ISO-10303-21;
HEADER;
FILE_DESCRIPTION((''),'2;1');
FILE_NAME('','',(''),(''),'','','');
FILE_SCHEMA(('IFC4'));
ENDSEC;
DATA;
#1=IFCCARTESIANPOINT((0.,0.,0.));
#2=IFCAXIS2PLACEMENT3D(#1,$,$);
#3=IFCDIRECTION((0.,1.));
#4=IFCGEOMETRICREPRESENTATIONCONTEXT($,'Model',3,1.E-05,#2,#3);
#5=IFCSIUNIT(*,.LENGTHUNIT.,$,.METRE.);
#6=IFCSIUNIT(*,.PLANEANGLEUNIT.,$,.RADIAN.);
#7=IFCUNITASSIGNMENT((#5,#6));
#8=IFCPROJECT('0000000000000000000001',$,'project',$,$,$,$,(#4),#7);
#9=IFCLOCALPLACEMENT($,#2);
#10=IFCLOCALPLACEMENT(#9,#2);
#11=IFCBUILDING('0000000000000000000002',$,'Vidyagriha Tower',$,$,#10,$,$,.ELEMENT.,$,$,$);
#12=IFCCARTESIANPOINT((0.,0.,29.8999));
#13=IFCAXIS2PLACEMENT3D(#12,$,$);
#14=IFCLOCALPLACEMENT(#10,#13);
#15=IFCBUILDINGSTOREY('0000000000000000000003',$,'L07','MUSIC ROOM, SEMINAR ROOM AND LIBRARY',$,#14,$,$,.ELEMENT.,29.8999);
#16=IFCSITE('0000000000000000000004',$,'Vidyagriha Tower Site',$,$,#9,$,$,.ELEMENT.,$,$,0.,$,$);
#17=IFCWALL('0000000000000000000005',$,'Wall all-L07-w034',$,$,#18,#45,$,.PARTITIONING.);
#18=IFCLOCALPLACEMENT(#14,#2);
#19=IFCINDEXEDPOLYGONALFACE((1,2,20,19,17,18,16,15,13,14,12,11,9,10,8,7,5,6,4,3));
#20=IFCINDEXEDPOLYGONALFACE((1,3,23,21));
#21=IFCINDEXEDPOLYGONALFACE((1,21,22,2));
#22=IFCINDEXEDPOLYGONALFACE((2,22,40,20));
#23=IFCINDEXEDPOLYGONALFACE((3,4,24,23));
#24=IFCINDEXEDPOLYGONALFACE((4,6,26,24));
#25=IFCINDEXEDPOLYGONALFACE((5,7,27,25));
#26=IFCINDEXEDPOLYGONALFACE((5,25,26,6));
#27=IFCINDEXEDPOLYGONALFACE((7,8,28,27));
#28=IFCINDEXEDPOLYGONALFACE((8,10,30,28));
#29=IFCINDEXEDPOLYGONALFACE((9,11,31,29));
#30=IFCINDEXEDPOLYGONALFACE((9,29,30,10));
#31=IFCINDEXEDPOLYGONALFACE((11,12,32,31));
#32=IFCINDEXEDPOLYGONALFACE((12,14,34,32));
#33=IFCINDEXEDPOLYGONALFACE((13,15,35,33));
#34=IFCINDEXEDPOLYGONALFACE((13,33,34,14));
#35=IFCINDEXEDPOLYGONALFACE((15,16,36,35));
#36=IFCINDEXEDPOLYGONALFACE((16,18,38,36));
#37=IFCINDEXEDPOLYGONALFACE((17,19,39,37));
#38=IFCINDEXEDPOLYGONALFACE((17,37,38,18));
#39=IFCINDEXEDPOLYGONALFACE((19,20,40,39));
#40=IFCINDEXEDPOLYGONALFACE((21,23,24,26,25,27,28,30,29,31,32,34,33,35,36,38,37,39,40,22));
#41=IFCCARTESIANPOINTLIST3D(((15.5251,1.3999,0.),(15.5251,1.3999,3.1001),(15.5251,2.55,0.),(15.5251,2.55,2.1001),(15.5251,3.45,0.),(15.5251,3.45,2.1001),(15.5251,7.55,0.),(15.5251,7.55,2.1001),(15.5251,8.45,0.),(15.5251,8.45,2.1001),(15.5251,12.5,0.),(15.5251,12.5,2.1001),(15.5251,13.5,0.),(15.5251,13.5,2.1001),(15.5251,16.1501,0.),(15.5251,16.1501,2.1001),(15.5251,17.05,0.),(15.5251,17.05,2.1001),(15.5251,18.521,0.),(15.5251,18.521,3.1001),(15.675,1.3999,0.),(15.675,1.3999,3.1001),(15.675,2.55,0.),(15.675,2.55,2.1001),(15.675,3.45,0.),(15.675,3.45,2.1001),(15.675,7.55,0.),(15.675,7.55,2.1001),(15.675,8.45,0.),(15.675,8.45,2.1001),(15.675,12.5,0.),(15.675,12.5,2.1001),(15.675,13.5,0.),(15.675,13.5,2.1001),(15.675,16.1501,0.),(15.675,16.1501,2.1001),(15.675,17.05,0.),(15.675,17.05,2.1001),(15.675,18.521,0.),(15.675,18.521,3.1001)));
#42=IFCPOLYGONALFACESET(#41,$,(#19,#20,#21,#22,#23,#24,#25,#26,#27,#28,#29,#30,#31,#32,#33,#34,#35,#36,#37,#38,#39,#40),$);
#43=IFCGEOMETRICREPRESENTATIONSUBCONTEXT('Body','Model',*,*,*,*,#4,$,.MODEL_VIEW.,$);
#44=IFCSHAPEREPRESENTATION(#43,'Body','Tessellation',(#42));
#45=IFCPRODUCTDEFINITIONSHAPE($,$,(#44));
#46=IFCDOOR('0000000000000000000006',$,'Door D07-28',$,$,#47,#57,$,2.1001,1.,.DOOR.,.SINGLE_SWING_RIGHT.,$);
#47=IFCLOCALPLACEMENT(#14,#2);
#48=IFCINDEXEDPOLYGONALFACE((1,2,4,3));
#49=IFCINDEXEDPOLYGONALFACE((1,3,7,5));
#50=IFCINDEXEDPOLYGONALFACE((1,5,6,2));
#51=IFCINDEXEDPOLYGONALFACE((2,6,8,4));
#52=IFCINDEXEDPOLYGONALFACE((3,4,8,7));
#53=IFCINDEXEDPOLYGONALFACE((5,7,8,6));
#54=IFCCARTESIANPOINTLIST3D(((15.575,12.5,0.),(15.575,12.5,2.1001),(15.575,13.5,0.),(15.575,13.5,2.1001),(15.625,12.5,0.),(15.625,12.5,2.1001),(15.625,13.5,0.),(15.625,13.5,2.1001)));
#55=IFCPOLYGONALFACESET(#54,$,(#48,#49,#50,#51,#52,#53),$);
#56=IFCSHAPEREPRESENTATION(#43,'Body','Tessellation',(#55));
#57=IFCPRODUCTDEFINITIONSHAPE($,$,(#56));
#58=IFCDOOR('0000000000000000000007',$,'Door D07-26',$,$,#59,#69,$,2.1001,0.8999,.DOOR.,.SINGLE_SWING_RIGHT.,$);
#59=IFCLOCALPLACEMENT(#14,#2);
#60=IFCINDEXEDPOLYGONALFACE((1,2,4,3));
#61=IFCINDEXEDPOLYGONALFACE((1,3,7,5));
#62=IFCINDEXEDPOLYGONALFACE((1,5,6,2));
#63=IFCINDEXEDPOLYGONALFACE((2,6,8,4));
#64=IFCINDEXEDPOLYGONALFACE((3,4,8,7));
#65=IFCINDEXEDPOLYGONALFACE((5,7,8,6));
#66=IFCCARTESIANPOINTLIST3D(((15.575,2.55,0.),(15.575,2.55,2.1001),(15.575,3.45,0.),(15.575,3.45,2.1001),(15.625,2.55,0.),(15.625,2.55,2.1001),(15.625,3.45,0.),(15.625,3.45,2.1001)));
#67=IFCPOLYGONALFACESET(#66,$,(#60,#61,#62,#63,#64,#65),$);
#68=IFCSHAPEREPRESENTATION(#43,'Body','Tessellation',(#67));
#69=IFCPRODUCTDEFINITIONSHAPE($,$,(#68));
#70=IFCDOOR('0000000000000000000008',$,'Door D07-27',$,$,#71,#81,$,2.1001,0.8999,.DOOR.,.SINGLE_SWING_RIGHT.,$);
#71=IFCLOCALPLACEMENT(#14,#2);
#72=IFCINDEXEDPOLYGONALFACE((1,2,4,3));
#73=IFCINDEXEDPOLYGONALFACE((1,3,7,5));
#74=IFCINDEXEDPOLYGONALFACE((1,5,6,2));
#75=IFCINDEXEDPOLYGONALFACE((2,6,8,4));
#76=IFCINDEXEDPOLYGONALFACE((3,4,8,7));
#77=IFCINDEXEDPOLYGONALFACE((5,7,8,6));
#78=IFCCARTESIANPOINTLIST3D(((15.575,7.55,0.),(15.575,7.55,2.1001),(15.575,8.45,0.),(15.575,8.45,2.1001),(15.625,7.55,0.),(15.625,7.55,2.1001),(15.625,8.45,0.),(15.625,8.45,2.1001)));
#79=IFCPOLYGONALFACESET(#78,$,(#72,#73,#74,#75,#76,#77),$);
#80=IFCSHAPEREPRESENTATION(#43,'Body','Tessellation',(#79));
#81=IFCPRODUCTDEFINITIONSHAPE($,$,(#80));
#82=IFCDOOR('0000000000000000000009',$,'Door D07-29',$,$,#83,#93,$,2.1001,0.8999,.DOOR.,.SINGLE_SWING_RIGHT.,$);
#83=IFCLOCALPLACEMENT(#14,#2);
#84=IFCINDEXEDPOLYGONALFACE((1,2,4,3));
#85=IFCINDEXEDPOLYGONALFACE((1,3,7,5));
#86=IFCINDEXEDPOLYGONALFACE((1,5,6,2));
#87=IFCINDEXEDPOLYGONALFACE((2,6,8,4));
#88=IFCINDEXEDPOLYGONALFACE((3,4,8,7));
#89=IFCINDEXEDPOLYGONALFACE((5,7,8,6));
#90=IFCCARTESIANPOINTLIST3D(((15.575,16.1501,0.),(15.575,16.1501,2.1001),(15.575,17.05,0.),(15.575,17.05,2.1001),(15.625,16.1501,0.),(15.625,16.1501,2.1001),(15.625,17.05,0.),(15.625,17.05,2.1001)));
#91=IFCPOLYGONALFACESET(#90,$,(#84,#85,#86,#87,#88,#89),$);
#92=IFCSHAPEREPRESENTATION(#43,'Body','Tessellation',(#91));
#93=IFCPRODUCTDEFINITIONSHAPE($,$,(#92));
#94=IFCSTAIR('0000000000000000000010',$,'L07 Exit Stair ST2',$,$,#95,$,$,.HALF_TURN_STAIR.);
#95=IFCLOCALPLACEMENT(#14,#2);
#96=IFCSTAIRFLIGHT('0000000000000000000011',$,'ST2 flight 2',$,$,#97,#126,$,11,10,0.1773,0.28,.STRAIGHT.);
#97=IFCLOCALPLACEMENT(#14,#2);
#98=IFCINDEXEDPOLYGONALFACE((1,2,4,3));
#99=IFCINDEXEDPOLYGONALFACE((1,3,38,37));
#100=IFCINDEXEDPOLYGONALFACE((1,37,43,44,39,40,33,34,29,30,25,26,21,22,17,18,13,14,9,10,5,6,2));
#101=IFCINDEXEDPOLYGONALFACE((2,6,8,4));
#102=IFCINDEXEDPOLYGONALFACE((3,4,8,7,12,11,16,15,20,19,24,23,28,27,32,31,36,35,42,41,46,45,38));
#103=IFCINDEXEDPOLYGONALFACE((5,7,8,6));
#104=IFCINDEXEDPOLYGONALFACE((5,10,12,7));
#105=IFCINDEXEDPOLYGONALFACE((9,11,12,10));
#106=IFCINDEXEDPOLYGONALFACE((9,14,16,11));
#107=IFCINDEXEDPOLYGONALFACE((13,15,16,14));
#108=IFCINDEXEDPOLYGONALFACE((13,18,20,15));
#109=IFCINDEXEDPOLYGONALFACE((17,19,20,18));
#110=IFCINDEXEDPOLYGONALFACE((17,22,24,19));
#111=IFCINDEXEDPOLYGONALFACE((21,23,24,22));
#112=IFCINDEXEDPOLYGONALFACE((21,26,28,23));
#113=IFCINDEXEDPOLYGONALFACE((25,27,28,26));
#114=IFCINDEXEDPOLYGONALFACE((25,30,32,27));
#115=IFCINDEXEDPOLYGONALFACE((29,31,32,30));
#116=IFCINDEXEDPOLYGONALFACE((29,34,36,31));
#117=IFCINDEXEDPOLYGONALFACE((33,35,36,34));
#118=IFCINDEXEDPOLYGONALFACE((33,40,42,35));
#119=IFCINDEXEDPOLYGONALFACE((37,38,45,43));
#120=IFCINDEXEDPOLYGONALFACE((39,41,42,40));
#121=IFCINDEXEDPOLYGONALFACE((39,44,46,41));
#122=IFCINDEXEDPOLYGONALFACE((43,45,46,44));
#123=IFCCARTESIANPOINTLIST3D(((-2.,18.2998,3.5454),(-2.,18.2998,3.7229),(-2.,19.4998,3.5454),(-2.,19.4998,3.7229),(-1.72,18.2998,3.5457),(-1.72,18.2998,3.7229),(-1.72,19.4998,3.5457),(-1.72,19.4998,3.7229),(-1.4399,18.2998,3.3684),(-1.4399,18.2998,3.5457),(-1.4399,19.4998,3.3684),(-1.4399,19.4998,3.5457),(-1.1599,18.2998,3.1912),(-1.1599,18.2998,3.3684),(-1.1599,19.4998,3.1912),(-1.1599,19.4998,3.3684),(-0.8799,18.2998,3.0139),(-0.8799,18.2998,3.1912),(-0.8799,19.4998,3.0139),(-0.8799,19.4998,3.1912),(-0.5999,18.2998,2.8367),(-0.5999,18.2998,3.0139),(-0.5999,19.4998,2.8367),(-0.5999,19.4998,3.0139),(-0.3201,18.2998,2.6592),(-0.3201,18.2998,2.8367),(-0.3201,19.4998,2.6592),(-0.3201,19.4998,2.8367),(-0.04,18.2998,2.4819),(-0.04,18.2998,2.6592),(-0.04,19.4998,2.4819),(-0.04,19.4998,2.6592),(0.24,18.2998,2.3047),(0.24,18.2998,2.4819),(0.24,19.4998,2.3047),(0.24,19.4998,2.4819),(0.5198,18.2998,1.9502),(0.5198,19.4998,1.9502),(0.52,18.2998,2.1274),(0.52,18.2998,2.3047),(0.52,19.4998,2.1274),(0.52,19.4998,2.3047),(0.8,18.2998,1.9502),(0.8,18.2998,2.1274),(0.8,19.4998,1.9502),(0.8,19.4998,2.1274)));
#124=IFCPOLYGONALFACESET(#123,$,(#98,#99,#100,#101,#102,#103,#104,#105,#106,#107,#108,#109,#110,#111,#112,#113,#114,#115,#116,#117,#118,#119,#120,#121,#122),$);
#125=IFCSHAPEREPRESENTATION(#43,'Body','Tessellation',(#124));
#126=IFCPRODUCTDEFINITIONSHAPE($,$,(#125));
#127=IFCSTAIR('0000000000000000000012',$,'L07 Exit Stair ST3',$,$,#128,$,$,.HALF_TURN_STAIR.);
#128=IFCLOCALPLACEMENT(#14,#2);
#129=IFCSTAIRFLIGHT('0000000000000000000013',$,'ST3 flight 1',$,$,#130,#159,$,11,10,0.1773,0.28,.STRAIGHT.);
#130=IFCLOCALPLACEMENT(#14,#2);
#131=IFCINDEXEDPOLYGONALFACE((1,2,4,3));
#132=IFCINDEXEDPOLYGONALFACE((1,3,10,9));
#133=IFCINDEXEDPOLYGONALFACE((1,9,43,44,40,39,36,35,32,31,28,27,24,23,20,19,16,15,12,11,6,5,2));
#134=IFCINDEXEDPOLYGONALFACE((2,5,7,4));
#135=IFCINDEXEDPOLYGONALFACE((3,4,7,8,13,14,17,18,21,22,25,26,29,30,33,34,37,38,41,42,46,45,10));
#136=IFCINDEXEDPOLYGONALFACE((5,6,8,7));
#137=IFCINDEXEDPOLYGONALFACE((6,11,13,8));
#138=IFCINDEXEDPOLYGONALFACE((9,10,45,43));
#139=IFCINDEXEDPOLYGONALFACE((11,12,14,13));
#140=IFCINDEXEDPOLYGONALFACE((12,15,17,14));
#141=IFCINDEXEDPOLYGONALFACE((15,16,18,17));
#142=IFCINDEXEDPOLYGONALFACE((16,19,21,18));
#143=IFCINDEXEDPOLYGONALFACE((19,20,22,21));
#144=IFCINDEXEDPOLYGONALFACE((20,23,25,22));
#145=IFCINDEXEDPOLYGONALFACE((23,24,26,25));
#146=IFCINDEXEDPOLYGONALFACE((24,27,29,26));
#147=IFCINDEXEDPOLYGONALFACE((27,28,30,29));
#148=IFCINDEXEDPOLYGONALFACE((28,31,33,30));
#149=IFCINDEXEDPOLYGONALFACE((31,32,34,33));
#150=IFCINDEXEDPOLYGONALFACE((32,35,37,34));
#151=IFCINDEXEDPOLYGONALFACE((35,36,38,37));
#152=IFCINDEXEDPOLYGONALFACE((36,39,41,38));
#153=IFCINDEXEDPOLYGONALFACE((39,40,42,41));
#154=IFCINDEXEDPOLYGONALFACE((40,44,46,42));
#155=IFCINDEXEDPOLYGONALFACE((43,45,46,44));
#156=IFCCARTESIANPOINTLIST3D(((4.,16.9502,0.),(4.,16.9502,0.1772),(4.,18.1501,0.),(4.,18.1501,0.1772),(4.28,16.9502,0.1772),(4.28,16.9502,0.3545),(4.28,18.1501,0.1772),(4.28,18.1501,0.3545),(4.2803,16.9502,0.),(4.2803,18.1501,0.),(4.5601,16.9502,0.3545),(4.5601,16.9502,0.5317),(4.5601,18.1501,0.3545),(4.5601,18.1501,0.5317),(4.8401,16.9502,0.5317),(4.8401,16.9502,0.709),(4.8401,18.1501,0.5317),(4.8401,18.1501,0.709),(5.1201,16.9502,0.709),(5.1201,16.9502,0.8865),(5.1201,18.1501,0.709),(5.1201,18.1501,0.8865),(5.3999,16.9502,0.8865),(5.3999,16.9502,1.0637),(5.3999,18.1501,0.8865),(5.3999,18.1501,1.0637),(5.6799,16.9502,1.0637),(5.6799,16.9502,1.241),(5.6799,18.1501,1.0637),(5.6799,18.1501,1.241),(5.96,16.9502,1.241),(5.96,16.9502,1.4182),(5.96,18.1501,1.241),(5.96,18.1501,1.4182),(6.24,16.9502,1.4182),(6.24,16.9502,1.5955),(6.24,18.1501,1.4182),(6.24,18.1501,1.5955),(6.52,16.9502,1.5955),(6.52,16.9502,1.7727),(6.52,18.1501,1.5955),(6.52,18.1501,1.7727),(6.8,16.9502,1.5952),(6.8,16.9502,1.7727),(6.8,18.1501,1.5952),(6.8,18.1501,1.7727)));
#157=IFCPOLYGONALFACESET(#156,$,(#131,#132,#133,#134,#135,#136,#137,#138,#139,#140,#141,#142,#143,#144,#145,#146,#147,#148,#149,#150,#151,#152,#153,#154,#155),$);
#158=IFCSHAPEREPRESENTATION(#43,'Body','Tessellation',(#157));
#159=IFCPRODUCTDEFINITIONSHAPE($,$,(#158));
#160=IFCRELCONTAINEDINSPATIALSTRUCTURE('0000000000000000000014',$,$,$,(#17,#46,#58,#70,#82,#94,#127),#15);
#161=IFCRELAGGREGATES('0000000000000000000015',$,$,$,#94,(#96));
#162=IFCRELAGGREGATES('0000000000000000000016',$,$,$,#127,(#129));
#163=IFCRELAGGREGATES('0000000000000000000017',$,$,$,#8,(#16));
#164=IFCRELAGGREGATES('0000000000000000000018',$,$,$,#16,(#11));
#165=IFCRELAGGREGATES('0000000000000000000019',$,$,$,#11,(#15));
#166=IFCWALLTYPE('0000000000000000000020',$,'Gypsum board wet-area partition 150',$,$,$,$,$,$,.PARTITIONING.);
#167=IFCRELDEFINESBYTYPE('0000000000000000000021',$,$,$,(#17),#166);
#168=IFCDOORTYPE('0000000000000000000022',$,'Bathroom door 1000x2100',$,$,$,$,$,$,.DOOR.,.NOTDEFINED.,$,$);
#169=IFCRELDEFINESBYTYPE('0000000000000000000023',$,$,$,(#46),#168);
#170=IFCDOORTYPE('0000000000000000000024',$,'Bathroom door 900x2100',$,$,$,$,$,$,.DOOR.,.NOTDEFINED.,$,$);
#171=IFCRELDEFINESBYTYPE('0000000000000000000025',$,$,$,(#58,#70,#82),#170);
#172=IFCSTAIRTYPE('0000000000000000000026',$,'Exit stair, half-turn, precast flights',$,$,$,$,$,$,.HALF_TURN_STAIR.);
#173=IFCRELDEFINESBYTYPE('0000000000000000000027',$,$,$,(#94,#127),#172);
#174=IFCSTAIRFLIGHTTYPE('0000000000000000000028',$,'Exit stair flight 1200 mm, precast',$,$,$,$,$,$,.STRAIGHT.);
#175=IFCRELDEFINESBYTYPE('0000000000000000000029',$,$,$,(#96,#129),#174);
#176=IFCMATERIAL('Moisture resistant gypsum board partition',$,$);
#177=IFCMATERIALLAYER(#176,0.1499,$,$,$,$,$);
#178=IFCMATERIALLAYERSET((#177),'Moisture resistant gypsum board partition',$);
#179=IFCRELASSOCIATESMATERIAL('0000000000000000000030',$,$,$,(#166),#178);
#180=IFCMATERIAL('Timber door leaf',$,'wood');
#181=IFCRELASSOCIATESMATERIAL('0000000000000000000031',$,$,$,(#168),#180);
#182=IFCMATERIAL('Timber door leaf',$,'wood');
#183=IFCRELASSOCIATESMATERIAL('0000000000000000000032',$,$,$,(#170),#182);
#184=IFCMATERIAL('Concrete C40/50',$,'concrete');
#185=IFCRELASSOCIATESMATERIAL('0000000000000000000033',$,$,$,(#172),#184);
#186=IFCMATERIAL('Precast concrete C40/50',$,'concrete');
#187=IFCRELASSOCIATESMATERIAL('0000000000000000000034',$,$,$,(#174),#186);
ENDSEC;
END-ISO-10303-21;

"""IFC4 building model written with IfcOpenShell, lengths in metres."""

from ifc_helpers import new_model, si_unit, direction, frame, frame_2d, origin, place, context, subcontext, project, spatial, polyline, rectangle, outline, extrude, material, layer, layer_set, type_object, element, fill, aggregate, save


model = new_model("IFC4")

# Units and contexts
model_context = context("Model", 3, precision=1e-05, world=origin(), true_north=direction((0.0, 1.0)))
body_context = subcontext(model_context, "Body", "Model", "MODEL_VIEW")
ifc_project = project(units=[si_unit("LENGTHUNIT", "METRE"), si_unit("PLANEANGLEUNIT", "RADIAN")], contexts=[model_context])

# Site, building, storey
site_placement = place(None, origin())
site = spatial("IfcSite", under=ifc_project, at=site_placement, Name="Vidyagriha Tower Site", CompositionType="ELEMENT", RefElevation=0.0)
building_placement = place(site_placement, origin())
building = spatial("IfcBuilding", under=site, at=building_placement, Name="Vidyagriha Tower", CompositionType="ELEMENT")
storey_placement = place(building_placement, frame((0.0, 0.0, 29.8999)))
storey = spatial("IfcBuildingStorey", under=building, at=storey_placement, Name="L07", Description="MUSIC ROOM, SEMINAR ROOM AND LIBRARY", CompositionType="ELEMENT", Elevation=29.8999)

# Wall, openings, doors
ifc_material_1 = material(Name="Moisture resistant gypsum board partition")
ifc_layer_1 = layer(ifc_material_1, 0.1499)
ifc_layer_set_1 = layer_set([ifc_layer_1], Name="Moisture resistant gypsum board partition")
wall_type_1 = type_object("IfcWallType", Name="Gypsum board wet-area partition 150", PredefinedType="PARTITIONING", material=ifc_layer_set_1)
wall_1_placement = place(storey_placement, frame((15.6001, 18.521, 0.0), z_axis=(0.0, 0.0, 1.0), x_axis=(0.0, -1.0, 0.0)))
wall_1 = element("IfcWall", 1, at=wall_1_placement, inside=storey, type_object=wall_type_1, Name="Wall all-L07-w034", PredefinedType="PARTITIONING", context=body_context, shape_type="SweptSolid", body=[
    extrude(rectangle(XDim=17.1211, YDim=0.1499, at=frame_2d((8.5605, 0.0))), origin(), (0.0, 0.0, 1.0), 3.1001),
])
opening_1_placement = place(wall_1_placement, frame((15.071, 0.0, 0.0)))
opening_1 = element("IfcOpeningElement", 2, at=opening_1_placement, cuts=wall_1, PredefinedType="OPENING", context=body_context, shape_type="SweptSolid", body=[
    extrude(rectangle(XDim=0.8999, YDim=2.1001, at=frame_2d((0.45, 1.05))), frame((0.0, 0.085, 0.0), z_axis=(0.0, -1.0, 0.0), x_axis=(1.0, 0.0, 0.0)), (0.0, 0.0, 1.0), 0.1699),
])
opening_2_placement = place(wall_1_placement, frame((10.071, 0.0, 0.0)))
opening_2 = element("IfcOpeningElement", 3, at=opening_2_placement, cuts=wall_1, PredefinedType="OPENING", context=body_context, shape_type="SweptSolid", body=[
    extrude(rectangle(XDim=0.8999, YDim=2.1001, at=frame_2d((0.45, 1.05))), frame((0.0, 0.085, 0.0), z_axis=(0.0, -1.0, 0.0), x_axis=(1.0, 0.0, 0.0)), (0.0, 0.0, 1.0), 0.1699),
])
opening_3_placement = place(wall_1_placement, frame((5.021, 0.0, 0.0)))
opening_3 = element("IfcOpeningElement", 4, at=opening_3_placement, cuts=wall_1, PredefinedType="OPENING", context=body_context, shape_type="SweptSolid", body=[
    extrude(rectangle(XDim=1.0, YDim=2.1001, at=frame_2d((0.5, 1.05))), frame((0.0, 0.085, 0.0), z_axis=(0.0, -1.0, 0.0), x_axis=(1.0, 0.0, 0.0)), (0.0, 0.0, 1.0), 0.1699),
])
opening_4_placement = place(wall_1_placement, frame((1.4709, 0.0, 0.0)))
opening_4 = element("IfcOpeningElement", 5, at=opening_4_placement, cuts=wall_1, PredefinedType="OPENING", context=body_context, shape_type="SweptSolid", body=[
    extrude(rectangle(XDim=0.8999, YDim=2.1001, at=frame_2d((0.45, 1.05))), frame((0.0, 0.085, 0.0), z_axis=(0.0, -1.0, 0.0), x_axis=(1.0, 0.0, 0.0)), (0.0, 0.0, 1.0), 0.1699),
])
ifc_material_2 = material(Name="Timber door leaf", Category="wood")
door_type_1 = type_object("IfcDoorType", Name="Bathroom door 1000x2100", OperationType="NOTDEFINED", PredefinedType="DOOR", material=ifc_material_2)
door_1_placement = place(opening_3_placement, origin())
door_1 = element("IfcDoor", 6, at=door_1_placement, inside=storey, type_object=door_type_1, Name="Door D07-28", OperationType="SINGLE_SWING_RIGHT", OverallHeight=2.1001, OverallWidth=1.0, PredefinedType="DOOR", context=body_context, shape_type="SweptSolid", body=[
    extrude(rectangle(XDim=1.0, YDim=2.1001, at=frame_2d((0.5, 1.05))), frame((0.0, 0.0249, 0.0), z_axis=(0.0, -1.0, 0.0), x_axis=(1.0, 0.0, 0.0)), (0.0, 0.0, 1.0), 0.05),
])
fill(opening_3, door_1)
ifc_material_3 = material(Name="Timber door leaf", Category="wood")
door_type_2 = type_object("IfcDoorType", Name="Bathroom door 900x2100", OperationType="NOTDEFINED", PredefinedType="DOOR", material=ifc_material_3)
door_2_placement = place(opening_1_placement, origin())
door_2 = element("IfcDoor", 7, at=door_2_placement, inside=storey, type_object=door_type_2, Name="Door D07-26", OperationType="SINGLE_SWING_RIGHT", OverallHeight=2.1001, OverallWidth=0.8999, PredefinedType="DOOR", context=body_context, shape_type="SweptSolid", body=[
    extrude(rectangle(XDim=0.8999, YDim=2.1001, at=frame_2d((0.45, 1.05))), frame((0.0, 0.0249, 0.0), z_axis=(0.0, -1.0, 0.0), x_axis=(1.0, 0.0, 0.0)), (0.0, 0.0, 1.0), 0.05),
])
fill(opening_1, door_2)
door_3_placement = place(opening_2_placement, origin())
door_3 = element("IfcDoor", 8, at=door_3_placement, inside=storey, type_object=door_type_2, Name="Door D07-27", OperationType="SINGLE_SWING_RIGHT", OverallHeight=2.1001, OverallWidth=0.8999, PredefinedType="DOOR", context=body_context, shape_type="SweptSolid", body=[
    extrude(rectangle(XDim=0.8999, YDim=2.1001, at=frame_2d((0.45, 1.05))), frame((0.0, 0.0249, 0.0), z_axis=(0.0, -1.0, 0.0), x_axis=(1.0, 0.0, 0.0)), (0.0, 0.0, 1.0), 0.05),
])
fill(opening_2, door_3)
door_4_placement = place(opening_4_placement, origin())
door_4 = element("IfcDoor", 9, at=door_4_placement, inside=storey, type_object=door_type_2, Name="Door D07-29", OperationType="SINGLE_SWING_RIGHT", OverallHeight=2.1001, OverallWidth=0.8999, PredefinedType="DOOR", context=body_context, shape_type="SweptSolid", body=[
    extrude(rectangle(XDim=0.8999, YDim=2.1001, at=frame_2d((0.45, 1.05))), frame((0.0, 0.0249, 0.0), z_axis=(0.0, -1.0, 0.0), x_axis=(1.0, 0.0, 0.0)), (0.0, 0.0, 1.0), 0.05),
])
fill(opening_4, door_4)

# Stair, stair flight
ifc_material_4 = material(Name="Concrete C40/50", Category="concrete")
stair_type = type_object("IfcStairType", Name="Exit stair, half-turn, precast flights", PredefinedType="HALF_TURN_STAIR", material=ifc_material_4)
stair_1_placement = place(storey_placement, origin())
stair_1 = element("IfcStair", 10, at=stair_1_placement, inside=storey, type_object=stair_type, Name="L07 Exit Stair ST2", PredefinedType="HALF_TURN_STAIR")
ifc_material_5 = material(Name="Precast concrete C40/50", Category="concrete")
stair_flight_type = type_object("IfcStairFlightType", Name="Exit stair flight 1200 mm, precast", PredefinedType="STRAIGHT", material=ifc_material_5)
stair_flight_1_placement = place(storey_placement, frame((0.8, 18.8999, 1.9502), z_axis=(0.0, 0.0, 1.0), x_axis=(-1.0, 0.0, 0.0)))
stair_flight_1 = element("IfcStairFlight", 11, at=stair_flight_1_placement, type_object=stair_flight_type, Name="ST2 flight 2", NumberOfRisers=11, NumberOfTreads=10, PredefinedType="STRAIGHT", RiserHeight=0.1773, TreadLength=0.28, context=body_context, shape_type="SweptSolid", body=[
    extrude(outline(polyline([(0.0, 0.0), (0.0, 0.1772), (0.28, 0.1772), (0.28, 0.3545), (0.5601, 0.3545), (0.5601, 0.5317), (0.8401, 0.5317), (0.8401, 0.709), (1.1201, 0.709), (1.1201, 0.8865), (1.3999, 0.8865), (1.3999, 1.0637), (1.6799, 1.0637), (1.6799, 1.241), (1.96, 1.241), (1.96, 1.4182), (2.24, 1.4182), (2.24, 1.5955), (2.52, 1.5955), (2.52, 1.7727), (2.8, 1.7727), (2.8, 1.95), (2.8, 1.5952), (0.2803, 0.0), (0.0, 0.0)])), frame((0.0, 0.6001, 0.0), z_axis=(0.0, -1.0, 0.0), x_axis=(1.0, 0.0, 0.0)), (0.0, 0.0, 1.0), 1.2),
])
aggregate(stair_1, [stair_flight_1])

# Stair, stair flight
stair_2_placement = place(storey_placement, origin())
stair_2 = element("IfcStair", 12, at=stair_2_placement, inside=storey, type_object=stair_type, Name="L07 Exit Stair ST3", PredefinedType="HALF_TURN_STAIR")
stair_flight_2_placement = place(storey_placement, frame((4.0, 17.55, 0.0)))
stair_flight_2 = element("IfcStairFlight", 13, at=stair_flight_2_placement, type_object=stair_flight_type, Name="ST3 flight 1", NumberOfRisers=11, NumberOfTreads=10, PredefinedType="STRAIGHT", RiserHeight=0.1773, TreadLength=0.28, context=body_context, shape_type="SweptSolid", body=[
    extrude(outline(polyline([(0.0, 0.0), (0.0, 0.1772), (0.28, 0.1772), (0.28, 0.3545), (0.5601, 0.3545), (0.5601, 0.5317), (0.8401, 0.5317), (0.8401, 0.709), (1.1201, 0.709), (1.1201, 0.8865), (1.3999, 0.8865), (1.3999, 1.0637), (1.6799, 1.0637), (1.6799, 1.241), (1.96, 1.241), (1.96, 1.4182), (2.24, 1.4182), (2.24, 1.5955), (2.52, 1.5955), (2.52, 1.7727), (2.8, 1.7727), (2.8, 1.95), (2.8, 1.5952), (0.2803, 0.0), (0.0, 0.0)])), frame((0.0, 0.6001, 0.0), z_axis=(0.0, -1.0, 0.0), x_axis=(1.0, 0.0, 0.0)), (0.0, 0.0, 1.0), 1.2),
])
aggregate(stair_2, [stair_flight_2])

save(model, "model.ifc")
